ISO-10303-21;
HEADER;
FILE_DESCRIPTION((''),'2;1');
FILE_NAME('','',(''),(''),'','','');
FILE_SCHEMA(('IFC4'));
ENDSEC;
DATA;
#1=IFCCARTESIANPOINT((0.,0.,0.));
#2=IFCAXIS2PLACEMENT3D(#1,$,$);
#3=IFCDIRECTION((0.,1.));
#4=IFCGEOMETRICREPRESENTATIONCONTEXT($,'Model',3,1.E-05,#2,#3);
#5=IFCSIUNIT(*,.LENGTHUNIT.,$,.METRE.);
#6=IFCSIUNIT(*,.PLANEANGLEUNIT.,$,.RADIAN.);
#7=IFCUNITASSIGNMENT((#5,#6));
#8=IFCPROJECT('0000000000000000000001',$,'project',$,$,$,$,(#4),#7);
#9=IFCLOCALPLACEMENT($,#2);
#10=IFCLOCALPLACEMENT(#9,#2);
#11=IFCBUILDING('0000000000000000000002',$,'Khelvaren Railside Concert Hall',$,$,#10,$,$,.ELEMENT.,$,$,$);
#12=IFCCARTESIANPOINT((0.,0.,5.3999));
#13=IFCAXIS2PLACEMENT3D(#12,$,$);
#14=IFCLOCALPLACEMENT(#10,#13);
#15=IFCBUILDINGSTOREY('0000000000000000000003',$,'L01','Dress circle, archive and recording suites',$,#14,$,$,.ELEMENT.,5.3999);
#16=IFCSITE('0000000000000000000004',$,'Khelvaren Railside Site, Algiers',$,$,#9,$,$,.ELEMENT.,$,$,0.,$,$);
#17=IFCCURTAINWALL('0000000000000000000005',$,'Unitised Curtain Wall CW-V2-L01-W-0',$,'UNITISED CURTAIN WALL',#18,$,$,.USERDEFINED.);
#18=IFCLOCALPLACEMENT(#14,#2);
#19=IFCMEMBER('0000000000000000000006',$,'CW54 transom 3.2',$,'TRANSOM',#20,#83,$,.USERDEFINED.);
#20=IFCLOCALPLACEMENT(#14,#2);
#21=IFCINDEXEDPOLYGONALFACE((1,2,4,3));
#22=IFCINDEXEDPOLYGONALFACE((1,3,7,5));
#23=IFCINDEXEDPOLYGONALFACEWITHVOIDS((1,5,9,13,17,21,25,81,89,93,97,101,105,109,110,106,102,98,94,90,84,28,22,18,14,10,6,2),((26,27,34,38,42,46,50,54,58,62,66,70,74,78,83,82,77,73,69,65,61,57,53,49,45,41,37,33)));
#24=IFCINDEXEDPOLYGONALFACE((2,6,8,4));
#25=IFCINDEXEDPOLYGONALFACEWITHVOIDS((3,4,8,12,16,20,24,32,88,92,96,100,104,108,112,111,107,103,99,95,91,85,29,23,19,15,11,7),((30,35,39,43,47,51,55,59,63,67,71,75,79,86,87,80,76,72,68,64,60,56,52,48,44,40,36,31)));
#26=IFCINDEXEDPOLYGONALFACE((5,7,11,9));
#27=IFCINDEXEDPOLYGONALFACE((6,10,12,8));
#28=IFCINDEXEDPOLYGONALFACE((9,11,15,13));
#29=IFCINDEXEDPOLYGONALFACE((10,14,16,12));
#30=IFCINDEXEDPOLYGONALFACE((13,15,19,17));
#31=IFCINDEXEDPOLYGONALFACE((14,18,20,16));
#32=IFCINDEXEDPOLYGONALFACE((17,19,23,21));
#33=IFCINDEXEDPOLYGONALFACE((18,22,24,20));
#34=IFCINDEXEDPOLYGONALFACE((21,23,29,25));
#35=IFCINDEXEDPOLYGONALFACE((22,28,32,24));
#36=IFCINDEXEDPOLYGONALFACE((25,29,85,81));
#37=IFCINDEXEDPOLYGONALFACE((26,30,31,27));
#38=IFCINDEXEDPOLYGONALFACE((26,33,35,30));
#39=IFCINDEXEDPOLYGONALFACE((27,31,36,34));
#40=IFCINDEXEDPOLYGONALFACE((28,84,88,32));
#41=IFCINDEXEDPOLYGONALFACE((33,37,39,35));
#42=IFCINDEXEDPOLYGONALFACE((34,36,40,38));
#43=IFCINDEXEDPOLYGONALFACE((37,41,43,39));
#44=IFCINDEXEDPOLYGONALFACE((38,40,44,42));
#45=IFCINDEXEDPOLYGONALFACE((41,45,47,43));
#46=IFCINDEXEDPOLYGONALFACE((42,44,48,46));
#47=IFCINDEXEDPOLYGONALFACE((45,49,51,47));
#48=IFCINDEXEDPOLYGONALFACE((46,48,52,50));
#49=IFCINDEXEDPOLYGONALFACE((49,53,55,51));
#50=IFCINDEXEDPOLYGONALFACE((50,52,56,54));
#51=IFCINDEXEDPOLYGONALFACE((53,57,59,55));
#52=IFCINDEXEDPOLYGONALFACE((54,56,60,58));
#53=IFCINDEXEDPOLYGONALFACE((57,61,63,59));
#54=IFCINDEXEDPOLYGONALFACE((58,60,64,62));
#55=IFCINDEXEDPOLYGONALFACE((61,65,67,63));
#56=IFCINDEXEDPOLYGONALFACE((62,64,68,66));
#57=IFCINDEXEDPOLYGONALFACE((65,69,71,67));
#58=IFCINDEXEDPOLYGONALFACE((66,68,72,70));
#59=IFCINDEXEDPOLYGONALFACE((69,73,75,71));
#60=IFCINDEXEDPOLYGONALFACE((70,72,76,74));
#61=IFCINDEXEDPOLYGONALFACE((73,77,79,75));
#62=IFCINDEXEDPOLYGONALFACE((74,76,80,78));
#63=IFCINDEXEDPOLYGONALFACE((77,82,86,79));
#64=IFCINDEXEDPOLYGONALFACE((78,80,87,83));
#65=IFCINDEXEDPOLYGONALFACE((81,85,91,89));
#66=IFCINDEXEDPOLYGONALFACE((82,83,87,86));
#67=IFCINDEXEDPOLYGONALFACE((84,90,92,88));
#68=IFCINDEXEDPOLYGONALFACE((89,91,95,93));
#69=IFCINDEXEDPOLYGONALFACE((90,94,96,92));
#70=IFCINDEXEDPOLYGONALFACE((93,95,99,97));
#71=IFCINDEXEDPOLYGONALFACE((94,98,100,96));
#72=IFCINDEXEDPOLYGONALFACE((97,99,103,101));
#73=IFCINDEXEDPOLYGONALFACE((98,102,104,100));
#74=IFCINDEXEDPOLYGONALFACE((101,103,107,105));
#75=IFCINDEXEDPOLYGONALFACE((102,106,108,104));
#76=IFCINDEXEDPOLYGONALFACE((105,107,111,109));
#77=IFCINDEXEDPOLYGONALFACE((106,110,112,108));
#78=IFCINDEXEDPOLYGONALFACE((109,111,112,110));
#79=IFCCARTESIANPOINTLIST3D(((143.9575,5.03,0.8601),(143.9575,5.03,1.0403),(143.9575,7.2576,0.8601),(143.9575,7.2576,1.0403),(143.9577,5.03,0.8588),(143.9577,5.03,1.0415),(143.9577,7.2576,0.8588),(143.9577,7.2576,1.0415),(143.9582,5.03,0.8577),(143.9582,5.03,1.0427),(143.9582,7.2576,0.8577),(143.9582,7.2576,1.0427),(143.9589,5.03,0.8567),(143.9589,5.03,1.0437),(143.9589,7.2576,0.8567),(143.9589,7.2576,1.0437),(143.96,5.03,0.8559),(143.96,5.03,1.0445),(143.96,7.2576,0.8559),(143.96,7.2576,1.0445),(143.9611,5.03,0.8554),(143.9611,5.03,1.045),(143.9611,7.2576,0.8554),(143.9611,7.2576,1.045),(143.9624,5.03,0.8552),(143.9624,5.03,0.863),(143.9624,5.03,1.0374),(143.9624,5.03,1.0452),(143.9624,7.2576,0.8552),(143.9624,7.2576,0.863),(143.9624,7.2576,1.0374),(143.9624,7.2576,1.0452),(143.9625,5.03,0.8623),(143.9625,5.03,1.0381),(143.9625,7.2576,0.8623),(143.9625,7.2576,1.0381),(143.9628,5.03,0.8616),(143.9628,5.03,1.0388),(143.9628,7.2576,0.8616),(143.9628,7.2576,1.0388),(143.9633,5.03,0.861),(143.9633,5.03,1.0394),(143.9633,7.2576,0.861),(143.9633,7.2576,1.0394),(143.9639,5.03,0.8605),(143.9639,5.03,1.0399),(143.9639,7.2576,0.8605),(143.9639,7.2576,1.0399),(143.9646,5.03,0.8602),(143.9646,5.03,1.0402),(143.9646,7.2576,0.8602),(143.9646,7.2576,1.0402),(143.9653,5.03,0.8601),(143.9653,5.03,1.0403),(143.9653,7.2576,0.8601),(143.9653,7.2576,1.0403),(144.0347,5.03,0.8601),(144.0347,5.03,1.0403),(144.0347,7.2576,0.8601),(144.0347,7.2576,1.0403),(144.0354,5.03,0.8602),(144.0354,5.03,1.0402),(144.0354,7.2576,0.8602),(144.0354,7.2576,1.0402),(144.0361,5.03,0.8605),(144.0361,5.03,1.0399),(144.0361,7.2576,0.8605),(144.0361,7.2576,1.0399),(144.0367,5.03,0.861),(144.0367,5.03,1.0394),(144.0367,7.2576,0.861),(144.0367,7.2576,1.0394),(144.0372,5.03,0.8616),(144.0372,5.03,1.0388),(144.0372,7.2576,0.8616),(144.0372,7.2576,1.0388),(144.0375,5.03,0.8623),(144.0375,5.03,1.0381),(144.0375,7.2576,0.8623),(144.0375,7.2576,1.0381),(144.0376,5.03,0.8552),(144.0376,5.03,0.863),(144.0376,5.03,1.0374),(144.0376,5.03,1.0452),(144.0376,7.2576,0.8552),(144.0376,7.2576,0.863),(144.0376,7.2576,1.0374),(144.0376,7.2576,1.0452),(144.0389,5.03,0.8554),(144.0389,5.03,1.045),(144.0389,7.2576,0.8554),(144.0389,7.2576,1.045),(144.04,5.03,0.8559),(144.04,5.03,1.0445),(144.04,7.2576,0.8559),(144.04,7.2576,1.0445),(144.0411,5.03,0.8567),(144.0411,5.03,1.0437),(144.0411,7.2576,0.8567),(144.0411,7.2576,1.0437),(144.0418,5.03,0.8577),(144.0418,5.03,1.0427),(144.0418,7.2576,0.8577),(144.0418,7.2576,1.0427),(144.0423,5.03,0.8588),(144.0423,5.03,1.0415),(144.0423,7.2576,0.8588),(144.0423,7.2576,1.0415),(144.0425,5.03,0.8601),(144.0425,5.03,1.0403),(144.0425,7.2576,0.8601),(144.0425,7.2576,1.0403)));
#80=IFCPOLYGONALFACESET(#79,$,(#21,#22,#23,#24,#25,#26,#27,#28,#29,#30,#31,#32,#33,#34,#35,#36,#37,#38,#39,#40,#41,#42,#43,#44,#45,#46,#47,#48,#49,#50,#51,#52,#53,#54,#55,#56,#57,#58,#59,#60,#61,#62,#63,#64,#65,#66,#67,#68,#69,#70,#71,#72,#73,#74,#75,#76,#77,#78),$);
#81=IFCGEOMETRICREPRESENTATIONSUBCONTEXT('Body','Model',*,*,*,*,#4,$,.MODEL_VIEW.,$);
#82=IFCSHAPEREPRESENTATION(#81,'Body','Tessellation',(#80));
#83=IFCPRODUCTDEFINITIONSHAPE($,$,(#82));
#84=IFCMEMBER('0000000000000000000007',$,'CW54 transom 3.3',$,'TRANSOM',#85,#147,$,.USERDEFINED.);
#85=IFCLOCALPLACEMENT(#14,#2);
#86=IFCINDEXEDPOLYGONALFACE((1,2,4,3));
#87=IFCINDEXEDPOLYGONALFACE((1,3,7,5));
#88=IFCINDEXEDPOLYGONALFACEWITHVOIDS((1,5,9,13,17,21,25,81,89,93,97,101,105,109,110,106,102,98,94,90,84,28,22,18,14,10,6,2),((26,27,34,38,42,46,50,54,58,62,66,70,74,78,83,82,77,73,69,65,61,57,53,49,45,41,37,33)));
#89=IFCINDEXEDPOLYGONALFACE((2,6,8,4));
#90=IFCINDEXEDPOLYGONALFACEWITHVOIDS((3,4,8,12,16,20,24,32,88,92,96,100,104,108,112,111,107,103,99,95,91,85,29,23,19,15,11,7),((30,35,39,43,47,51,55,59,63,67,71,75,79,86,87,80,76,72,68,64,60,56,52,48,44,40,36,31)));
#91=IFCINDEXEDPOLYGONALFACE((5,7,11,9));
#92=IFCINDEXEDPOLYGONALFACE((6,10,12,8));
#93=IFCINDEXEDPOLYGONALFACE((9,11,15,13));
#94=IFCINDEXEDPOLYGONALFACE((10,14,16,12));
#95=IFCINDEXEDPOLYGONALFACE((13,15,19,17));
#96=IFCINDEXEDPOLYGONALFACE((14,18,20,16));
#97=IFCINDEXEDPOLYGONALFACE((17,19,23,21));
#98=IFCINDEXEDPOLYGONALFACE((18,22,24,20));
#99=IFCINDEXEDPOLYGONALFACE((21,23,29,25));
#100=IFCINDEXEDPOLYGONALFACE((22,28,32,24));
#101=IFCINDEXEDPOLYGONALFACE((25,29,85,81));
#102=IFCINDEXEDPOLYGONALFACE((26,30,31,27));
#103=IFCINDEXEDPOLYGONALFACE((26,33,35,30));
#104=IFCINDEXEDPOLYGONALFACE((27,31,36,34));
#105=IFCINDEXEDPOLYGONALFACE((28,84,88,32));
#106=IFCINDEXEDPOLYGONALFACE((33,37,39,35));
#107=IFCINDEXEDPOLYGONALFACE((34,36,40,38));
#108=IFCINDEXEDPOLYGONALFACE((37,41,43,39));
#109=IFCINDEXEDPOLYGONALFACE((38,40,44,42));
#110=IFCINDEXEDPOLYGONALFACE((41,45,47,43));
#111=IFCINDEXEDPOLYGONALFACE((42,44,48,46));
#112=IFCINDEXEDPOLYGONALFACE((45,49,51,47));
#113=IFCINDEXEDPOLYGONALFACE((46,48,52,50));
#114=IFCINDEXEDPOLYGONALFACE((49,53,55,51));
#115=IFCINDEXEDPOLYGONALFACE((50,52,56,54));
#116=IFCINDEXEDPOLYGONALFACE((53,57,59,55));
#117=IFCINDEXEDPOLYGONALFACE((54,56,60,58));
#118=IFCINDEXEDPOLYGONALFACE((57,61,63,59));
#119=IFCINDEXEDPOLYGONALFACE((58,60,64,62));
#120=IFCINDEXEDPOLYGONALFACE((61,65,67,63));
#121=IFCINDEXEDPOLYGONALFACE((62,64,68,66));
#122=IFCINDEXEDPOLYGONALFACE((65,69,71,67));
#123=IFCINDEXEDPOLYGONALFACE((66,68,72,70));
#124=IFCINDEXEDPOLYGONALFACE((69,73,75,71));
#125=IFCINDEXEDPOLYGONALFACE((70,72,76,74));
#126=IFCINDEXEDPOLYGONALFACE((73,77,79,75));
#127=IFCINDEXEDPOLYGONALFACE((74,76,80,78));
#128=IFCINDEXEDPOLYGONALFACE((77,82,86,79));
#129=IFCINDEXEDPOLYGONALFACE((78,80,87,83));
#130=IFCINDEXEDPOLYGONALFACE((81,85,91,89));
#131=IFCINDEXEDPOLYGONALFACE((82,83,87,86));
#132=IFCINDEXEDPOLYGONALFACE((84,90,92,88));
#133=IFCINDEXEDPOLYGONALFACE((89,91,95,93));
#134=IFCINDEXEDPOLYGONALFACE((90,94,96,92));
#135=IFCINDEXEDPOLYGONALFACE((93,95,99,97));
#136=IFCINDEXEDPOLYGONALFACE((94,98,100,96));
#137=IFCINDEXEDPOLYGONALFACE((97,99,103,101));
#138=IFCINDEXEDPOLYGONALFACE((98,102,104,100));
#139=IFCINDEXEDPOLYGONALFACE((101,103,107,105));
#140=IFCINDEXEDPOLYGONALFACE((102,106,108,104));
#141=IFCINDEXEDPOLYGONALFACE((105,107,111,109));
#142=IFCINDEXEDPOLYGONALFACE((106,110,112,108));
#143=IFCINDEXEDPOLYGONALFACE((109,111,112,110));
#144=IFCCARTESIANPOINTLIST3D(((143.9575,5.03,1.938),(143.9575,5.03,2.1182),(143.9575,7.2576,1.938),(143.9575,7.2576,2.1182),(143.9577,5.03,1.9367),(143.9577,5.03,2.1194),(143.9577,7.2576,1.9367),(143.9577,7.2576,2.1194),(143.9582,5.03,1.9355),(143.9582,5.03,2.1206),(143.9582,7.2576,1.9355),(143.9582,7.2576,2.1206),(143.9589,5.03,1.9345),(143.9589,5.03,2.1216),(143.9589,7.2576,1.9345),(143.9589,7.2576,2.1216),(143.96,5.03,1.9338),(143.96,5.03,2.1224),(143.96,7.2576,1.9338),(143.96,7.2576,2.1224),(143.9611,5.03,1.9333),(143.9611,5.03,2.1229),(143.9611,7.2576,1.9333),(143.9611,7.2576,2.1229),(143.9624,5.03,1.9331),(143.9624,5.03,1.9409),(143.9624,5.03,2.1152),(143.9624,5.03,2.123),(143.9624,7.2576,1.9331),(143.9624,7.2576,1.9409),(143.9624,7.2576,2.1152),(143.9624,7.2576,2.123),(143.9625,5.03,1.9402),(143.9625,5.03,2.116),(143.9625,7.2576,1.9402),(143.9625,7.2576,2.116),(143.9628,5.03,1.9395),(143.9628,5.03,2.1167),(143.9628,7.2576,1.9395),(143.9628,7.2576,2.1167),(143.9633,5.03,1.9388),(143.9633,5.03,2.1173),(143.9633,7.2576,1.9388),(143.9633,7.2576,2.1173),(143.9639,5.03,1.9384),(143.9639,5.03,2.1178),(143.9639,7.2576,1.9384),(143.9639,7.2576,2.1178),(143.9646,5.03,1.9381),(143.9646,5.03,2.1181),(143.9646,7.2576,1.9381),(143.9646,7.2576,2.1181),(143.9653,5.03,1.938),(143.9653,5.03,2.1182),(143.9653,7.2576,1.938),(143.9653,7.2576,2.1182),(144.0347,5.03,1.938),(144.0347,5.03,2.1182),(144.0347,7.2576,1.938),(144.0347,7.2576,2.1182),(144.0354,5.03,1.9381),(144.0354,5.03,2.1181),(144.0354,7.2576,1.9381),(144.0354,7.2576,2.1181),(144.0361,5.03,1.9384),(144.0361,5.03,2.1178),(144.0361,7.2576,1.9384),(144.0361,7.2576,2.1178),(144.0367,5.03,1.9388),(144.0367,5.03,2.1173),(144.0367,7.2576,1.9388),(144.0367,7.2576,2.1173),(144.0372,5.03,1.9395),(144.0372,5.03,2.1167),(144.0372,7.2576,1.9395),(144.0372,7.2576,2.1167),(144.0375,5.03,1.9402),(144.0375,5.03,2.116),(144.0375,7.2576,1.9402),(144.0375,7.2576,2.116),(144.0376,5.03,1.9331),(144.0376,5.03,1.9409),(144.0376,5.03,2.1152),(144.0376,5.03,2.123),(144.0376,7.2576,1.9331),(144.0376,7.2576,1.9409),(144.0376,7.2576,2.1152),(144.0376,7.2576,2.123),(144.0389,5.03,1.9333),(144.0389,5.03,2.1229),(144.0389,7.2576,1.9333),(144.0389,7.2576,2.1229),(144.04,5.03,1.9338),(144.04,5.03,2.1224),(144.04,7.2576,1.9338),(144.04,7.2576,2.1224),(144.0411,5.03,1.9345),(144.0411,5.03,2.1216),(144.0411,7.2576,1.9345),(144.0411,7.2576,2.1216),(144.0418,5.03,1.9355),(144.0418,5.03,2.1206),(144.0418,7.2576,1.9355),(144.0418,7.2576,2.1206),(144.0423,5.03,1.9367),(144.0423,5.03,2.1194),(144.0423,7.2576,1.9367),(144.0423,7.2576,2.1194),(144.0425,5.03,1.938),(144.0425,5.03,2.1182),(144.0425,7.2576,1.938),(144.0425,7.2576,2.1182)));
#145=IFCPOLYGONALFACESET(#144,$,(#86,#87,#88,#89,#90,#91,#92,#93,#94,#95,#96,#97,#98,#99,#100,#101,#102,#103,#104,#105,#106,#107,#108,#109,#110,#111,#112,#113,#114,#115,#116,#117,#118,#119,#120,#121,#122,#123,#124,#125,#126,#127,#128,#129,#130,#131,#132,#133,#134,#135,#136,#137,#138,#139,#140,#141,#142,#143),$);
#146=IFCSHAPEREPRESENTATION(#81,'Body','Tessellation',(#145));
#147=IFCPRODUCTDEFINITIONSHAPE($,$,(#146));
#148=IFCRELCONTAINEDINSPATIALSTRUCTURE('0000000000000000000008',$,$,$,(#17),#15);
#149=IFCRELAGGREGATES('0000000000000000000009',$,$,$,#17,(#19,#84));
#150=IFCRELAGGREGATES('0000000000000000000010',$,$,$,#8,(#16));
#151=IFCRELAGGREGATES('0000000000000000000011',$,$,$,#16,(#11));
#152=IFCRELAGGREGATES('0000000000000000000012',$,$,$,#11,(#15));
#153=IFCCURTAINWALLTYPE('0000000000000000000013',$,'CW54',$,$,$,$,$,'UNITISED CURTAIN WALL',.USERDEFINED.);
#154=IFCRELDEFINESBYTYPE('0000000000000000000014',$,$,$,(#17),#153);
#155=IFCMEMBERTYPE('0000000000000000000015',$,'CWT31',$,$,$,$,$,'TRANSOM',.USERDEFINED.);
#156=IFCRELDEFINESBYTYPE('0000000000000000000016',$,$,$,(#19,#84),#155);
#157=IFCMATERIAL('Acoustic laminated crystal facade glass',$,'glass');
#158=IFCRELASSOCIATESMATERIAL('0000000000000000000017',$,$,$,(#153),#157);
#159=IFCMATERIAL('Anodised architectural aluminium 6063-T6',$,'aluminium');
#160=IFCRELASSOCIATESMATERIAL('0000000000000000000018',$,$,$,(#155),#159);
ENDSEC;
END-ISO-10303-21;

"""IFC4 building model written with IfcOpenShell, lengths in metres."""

from ifc_helpers import new_model, si_unit, direction, frame, origin, origin_2d, place, context, subcontext, project, spatial, hollow_rectangle, extrude, material, material_profile, profile_set, type_object, element, aggregate, save


model = new_model("IFC4")

# Units and contexts
model_context = context("Model", 3, precision=1e-05, world=origin(), true_north=direction((0.0, 1.0)))
body_context = subcontext(model_context, "Body", "Model", "MODEL_VIEW")
ifc_project = project(units=[si_unit("LENGTHUNIT", "METRE"), si_unit("PLANEANGLEUNIT", "RADIAN")], contexts=[model_context])

# Site, building, storey
site_placement = place(None, origin())
site = spatial("IfcSite", under=ifc_project, at=site_placement, Name="Khelvaren Railside Site, Algiers", CompositionType="ELEMENT", RefElevation=0.0)
building_placement = place(site_placement, origin())
building = spatial("IfcBuilding", under=site, at=building_placement, Name="Khelvaren Railside Concert Hall", CompositionType="ELEMENT")
storey_placement = place(building_placement, frame((0.0, 0.0, 5.3999)))
storey = spatial("IfcBuildingStorey", under=building, at=storey_placement, Name="L01", Description="Dress circle, archive and recording suites", CompositionType="ELEMENT", Elevation=5.3999)

# Curtain wall, members
ifc_material_1 = material(Name="Acoustic laminated crystal facade glass", Category="glass")
curtain_wall_type = type_object("IfcCurtainWallType", Name="CW54", ElementType="UNITISED CURTAIN WALL", PredefinedType="USERDEFINED", material=ifc_material_1)
curtain_wall_placement = place(storey_placement, origin())
curtain_wall = element("IfcCurtainWall", 1, at=curtain_wall_placement, inside=storey, type_object=curtain_wall_type, Name="Unitised Curtain Wall CW-V2-L01-W-0", ObjectType="UNITISED CURTAIN WALL", PredefinedType="USERDEFINED")
ifc_material_2 = material(Name="Anodised architectural aluminium 6063-T6", Category="aluminium")
ifc_material_profile_1 = material_profile(ifc_material_2, hollow_rectangle(XDim=0.085, YDim=0.1899, WallThickness=0.0049, InnerFilletRadius=0.0029, OuterFilletRadius=0.0049, at=origin_2d()), Name="CWT 85x190x5")
ifc_profile_set_1 = profile_set([ifc_material_profile_1], Name="Anodised architectural aluminium 6063-T6")
member_type_1 = type_object("IfcMemberType", Name="CWT31", ElementType="TRANSOM", PredefinedType="USERDEFINED", material=ifc_profile_set_1)
member_1_placement = place(storey_placement, frame((144.0, 5.03, 0.9502), z_axis=(0.0, 1.0, 0.0), x_axis=(-1.0, 0.0, 0.0)))
member_1 = element("IfcMember", 2, at=member_1_placement, type_object=member_type_1, Name="CW54 transom 3.2", ObjectType="TRANSOM", PredefinedType="USERDEFINED", context=body_context, shape_type="SweptSolid", body=[
    extrude(hollow_rectangle(XDim=0.085, YDim=0.1899, WallThickness=0.0049, InnerFilletRadius=0.0029, OuterFilletRadius=0.0049, at=origin_2d()), origin(), (0.0, 0.0, 1.0), 2.2275),
])
member_2_placement = place(storey_placement, frame((144.0, 5.03, 2.0281), z_axis=(0.0, 1.0, 0.0), x_axis=(-1.0, 0.0, 0.0)))
member_2 = element("IfcMember", 3, at=member_2_placement, type_object=member_type_1, Name="CW54 transom 3.3", ObjectType="TRANSOM", PredefinedType="USERDEFINED", context=body_context, shape_type="SweptSolid", body=[
    extrude(hollow_rectangle(XDim=0.085, YDim=0.1899, WallThickness=0.0049, InnerFilletRadius=0.0029, OuterFilletRadius=0.0049, at=origin_2d()), origin(), (0.0, 0.0, 1.0), 2.2275),
])

aggregate(curtain_wall, [member_1, member_2])

save(model, "model.ifc")
